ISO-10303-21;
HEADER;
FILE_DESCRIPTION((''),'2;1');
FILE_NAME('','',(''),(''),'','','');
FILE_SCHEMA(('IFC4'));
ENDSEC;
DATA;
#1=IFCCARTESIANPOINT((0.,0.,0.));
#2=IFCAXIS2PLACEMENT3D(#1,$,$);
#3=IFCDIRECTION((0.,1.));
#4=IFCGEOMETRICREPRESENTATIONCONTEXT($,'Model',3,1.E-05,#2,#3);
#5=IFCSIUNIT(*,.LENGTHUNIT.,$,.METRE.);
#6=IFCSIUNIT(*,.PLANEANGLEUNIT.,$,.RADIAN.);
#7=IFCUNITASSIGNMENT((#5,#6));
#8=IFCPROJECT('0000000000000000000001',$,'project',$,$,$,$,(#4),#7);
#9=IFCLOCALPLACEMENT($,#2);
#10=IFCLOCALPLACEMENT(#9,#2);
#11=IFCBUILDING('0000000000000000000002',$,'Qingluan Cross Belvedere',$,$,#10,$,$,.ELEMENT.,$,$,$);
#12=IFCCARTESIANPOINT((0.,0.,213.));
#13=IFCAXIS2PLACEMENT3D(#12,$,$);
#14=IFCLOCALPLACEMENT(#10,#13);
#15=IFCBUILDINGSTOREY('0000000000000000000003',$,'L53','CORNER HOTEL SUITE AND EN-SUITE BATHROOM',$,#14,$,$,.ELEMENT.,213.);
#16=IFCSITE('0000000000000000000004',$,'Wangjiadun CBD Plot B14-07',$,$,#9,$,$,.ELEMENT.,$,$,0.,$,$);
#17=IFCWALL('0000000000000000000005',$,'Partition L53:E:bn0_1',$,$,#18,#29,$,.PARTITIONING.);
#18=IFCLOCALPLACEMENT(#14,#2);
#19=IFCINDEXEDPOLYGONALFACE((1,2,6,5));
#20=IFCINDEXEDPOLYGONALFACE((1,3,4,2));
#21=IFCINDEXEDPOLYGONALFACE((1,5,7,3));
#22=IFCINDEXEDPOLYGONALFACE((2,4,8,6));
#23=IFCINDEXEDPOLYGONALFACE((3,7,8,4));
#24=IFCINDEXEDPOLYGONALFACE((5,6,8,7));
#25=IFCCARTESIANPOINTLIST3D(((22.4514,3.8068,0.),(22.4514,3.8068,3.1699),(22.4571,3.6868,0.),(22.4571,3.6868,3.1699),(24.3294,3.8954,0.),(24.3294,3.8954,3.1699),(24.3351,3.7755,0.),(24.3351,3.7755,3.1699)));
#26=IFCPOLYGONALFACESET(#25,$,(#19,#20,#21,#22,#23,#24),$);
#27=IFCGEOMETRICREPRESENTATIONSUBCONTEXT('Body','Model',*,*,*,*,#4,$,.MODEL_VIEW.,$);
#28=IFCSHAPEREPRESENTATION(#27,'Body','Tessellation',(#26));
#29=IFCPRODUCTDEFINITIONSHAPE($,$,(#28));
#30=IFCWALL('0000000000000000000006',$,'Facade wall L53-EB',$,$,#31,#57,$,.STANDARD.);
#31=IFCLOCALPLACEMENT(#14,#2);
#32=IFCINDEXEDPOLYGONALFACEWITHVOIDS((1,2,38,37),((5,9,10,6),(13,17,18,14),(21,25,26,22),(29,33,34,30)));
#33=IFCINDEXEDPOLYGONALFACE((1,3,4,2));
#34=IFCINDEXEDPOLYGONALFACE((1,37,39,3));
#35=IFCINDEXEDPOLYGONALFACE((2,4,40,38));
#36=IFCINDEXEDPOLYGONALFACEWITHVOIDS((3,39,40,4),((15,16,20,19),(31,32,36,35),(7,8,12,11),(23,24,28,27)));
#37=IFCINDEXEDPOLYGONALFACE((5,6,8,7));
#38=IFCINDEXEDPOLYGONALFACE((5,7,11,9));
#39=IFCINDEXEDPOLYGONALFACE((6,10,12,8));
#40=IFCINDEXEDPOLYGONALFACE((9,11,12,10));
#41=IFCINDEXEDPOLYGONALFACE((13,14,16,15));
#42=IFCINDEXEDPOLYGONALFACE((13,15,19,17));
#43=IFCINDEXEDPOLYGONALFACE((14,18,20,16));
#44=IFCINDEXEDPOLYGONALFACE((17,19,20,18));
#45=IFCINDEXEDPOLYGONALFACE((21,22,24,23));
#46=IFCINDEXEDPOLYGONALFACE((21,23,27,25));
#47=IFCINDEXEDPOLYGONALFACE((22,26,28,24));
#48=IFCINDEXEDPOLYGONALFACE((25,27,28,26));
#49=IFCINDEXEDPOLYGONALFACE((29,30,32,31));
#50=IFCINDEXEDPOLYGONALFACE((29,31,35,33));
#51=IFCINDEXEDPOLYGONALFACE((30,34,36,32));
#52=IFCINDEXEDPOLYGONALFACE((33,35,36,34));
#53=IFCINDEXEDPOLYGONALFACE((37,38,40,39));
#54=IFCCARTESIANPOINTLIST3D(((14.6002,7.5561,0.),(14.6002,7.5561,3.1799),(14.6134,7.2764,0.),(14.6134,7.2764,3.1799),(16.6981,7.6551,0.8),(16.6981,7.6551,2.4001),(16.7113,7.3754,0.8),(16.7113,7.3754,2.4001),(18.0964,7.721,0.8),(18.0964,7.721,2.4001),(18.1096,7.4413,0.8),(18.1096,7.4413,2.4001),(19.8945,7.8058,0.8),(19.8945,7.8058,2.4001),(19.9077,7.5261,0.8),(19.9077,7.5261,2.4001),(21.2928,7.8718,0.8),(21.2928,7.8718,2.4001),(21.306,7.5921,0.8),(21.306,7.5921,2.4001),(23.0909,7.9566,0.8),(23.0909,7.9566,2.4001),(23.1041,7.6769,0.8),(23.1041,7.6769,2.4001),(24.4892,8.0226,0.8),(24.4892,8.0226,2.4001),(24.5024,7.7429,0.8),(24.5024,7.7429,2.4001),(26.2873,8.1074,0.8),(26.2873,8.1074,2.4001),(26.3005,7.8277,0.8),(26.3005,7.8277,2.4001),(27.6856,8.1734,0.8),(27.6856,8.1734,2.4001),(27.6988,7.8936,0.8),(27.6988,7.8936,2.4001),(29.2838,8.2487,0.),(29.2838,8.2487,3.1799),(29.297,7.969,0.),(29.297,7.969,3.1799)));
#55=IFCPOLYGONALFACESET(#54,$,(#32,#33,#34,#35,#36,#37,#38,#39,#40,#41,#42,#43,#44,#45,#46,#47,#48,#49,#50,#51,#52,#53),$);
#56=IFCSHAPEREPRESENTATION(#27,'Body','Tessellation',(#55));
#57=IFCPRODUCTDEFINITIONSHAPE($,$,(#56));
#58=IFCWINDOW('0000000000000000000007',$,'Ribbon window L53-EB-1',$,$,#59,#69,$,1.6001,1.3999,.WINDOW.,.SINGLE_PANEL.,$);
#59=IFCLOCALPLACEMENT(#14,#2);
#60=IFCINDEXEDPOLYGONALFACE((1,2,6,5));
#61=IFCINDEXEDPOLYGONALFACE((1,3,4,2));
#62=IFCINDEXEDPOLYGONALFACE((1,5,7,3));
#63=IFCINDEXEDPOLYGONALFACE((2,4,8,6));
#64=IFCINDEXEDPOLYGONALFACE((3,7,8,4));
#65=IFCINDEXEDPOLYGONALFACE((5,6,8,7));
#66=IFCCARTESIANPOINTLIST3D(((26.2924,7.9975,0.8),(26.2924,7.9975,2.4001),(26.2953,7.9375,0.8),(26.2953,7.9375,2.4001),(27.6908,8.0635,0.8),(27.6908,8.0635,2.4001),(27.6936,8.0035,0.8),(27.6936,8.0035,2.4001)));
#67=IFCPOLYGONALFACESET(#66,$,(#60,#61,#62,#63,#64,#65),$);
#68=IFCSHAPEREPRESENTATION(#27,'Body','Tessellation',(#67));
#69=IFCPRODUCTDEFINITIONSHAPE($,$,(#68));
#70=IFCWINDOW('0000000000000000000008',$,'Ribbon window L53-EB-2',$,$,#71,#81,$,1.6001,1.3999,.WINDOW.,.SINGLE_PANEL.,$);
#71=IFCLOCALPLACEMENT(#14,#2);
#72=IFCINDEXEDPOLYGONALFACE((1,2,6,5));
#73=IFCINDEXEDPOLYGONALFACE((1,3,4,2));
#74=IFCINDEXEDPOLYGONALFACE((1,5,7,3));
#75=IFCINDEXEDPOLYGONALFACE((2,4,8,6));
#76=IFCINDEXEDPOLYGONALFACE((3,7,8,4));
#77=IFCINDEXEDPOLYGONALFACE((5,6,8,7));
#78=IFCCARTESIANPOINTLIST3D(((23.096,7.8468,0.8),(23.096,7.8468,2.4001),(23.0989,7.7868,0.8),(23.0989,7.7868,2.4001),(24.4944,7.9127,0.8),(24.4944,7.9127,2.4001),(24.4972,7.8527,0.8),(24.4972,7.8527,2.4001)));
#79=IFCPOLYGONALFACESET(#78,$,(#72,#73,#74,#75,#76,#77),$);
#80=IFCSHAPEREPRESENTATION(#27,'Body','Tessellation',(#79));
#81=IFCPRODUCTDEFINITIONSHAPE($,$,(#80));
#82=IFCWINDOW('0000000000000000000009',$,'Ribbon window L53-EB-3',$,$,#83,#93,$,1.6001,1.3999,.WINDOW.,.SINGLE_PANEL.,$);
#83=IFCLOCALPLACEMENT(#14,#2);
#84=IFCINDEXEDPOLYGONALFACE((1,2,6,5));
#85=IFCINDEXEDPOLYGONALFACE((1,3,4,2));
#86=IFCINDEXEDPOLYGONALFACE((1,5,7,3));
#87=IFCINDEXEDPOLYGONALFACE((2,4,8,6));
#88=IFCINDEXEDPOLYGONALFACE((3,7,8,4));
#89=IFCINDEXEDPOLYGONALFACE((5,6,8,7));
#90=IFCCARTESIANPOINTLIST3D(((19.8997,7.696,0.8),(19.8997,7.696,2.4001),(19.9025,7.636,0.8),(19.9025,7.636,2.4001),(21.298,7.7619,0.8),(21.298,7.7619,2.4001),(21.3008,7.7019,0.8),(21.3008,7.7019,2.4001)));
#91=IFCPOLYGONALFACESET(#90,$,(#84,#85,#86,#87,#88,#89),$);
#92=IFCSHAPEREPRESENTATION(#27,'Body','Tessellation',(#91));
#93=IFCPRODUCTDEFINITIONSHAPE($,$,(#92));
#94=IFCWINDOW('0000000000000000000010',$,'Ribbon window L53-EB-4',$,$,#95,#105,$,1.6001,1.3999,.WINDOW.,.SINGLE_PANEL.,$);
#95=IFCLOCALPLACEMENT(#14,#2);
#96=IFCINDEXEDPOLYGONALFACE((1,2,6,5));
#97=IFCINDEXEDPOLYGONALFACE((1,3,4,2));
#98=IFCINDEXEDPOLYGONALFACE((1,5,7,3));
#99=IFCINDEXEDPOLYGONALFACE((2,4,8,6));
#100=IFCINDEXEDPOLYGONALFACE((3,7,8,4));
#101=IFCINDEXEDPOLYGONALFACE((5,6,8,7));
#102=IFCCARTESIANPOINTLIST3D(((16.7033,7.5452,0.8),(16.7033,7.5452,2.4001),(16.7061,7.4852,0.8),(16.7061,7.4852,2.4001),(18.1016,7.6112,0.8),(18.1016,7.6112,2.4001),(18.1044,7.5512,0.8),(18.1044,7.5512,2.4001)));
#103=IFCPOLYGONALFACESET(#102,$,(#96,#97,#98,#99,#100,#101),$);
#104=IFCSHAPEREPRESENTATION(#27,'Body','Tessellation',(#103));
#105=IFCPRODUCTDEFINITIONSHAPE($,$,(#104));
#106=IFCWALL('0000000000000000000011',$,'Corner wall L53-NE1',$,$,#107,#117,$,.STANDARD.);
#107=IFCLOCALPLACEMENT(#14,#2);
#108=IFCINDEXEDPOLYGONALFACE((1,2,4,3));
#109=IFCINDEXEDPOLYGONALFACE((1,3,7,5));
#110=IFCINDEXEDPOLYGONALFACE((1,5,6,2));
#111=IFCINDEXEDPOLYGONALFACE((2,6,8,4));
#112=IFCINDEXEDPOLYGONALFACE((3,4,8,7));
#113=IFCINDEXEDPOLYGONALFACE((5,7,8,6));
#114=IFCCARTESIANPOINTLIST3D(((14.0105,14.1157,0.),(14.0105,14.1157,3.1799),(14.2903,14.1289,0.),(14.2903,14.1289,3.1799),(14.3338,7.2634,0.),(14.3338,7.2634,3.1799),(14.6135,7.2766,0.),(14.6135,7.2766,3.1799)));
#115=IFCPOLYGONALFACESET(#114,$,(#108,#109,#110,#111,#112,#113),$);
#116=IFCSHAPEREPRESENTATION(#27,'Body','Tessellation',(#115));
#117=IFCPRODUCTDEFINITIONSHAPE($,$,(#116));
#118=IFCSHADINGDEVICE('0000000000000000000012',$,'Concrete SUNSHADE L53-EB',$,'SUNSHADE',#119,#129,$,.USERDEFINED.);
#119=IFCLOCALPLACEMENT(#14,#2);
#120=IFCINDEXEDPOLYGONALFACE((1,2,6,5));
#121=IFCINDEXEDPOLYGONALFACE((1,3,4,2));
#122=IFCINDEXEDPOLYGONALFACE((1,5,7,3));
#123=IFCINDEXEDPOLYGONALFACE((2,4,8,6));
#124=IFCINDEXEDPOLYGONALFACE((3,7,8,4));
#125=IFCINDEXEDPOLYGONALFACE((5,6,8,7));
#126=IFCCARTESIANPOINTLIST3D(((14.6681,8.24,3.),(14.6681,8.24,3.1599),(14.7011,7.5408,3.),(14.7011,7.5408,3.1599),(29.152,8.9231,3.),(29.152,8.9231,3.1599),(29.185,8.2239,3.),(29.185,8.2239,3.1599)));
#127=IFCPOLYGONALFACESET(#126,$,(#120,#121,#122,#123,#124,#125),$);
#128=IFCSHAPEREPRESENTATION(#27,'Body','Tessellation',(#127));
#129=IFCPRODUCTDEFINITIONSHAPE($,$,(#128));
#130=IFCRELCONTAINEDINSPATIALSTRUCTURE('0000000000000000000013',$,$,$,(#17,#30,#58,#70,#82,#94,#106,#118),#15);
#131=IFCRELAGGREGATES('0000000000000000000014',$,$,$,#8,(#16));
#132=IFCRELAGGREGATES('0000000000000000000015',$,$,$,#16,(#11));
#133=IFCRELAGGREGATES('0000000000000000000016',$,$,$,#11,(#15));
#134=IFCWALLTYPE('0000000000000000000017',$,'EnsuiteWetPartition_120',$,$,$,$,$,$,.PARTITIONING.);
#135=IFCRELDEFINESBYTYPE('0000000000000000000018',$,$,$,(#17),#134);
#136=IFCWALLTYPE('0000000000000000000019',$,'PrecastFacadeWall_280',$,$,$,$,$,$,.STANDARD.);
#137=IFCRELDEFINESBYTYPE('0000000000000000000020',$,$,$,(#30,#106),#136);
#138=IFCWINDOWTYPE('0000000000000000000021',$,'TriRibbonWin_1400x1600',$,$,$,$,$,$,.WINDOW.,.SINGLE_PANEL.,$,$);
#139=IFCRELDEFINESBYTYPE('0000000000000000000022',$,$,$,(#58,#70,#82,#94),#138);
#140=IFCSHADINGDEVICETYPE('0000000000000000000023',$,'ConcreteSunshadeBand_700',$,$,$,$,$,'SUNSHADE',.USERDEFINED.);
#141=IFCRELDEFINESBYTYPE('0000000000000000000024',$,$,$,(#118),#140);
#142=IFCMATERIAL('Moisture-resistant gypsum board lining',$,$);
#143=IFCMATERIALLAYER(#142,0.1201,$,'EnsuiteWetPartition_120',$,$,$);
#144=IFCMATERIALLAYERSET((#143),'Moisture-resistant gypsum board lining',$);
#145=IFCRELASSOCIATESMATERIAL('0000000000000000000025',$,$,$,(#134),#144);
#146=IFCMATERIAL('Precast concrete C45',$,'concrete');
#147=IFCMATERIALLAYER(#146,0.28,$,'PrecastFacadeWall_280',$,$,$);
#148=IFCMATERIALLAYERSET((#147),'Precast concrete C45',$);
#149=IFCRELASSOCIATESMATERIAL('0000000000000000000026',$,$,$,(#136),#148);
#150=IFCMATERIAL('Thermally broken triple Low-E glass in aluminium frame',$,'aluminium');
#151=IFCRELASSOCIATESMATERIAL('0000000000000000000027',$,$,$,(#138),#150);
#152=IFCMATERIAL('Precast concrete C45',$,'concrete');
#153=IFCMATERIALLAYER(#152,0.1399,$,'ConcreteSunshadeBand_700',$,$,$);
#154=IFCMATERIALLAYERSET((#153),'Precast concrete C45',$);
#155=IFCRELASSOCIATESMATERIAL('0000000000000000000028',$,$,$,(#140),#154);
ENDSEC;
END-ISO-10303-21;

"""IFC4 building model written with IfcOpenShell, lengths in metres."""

from ifc_helpers import new_model, si_unit, direction, frame, frame_2d, origin, origin_2d, place, context, subcontext, project, spatial, rectangle, extrude, material, layer, layer_set, type_object, element, fill, save


model = new_model("IFC4")

# Units and contexts
model_context = context("Model", 3, precision=1e-05, world=origin(), true_north=direction((0.0, 1.0)))
body_context = subcontext(model_context, "Body", "Model", "MODEL_VIEW")
ifc_project = project(units=[si_unit("LENGTHUNIT", "METRE"), si_unit("PLANEANGLEUNIT", "RADIAN")], contexts=[model_context])

# Site, building, storey
site_placement = place(None, origin())
site = spatial("IfcSite", under=ifc_project, at=site_placement, Name="Wangjiadun CBD Plot B14-07", CompositionType="ELEMENT", RefElevation=0.0)
building_placement = place(site_placement, origin())
building = spatial("IfcBuilding", under=site, at=building_placement, Name="Qingluan Cross Belvedere", CompositionType="ELEMENT")
storey_placement = place(building_placement, frame((0.0, 0.0, 213.0)))
storey = spatial("IfcBuildingStorey", under=building, at=storey_placement, Name="L53", Description="CORNER HOTEL SUITE AND EN-SUITE BATHROOM", CompositionType="ELEMENT", Elevation=213.0)

# Shared definitions
ifc_material_1 = material(Name="Moisture-resistant gypsum board lining")
ifc_layer_1 = layer(ifc_material_1, 0.1201, Name="EnsuiteWetPartition_120")
ifc_layer_set_1 = layer_set([ifc_layer_1], Name="Moisture-resistant gypsum board lining")
wall_type_1 = type_object("IfcWallType", Name="EnsuiteWetPartition_120", PredefinedType="PARTITIONING", material=ifc_layer_set_1)

# Wall
wall_1_placement = place(storey_placement, frame((22.4543, 3.7468, 0.0), z_axis=(0.0, 0.0, 1.0), x_axis=(0.998888, 0.047139, 0.0)))
element("IfcWall", 1, at=wall_1_placement, inside=storey, type_object=wall_type_1, Name="Partition L53:E:bn0_1", PredefinedType="PARTITIONING", context=body_context, shape_type="SweptSolid", body=[
    extrude(rectangle(XDim=1.8801, YDim=0.1201, at=frame_2d((0.9399, 0.0))), origin(), (0.0, 0.0, 1.0), 3.1699),
])

# Wall, openings, windows
ifc_material_2 = material(Name="Precast concrete C45", Category="concrete")
ifc_layer_2 = layer(ifc_material_2, 0.28, Name="PrecastFacadeWall_280")
ifc_layer_set_2 = layer_set([ifc_layer_2], Name="Precast concrete C45")
wall_type_2 = type_object("IfcWallType", Name="PrecastFacadeWall_280", PredefinedType="STANDARD", material=ifc_layer_set_2)
wall_2_placement = place(storey_placement, frame((29.2905, 8.1089, 0.0), z_axis=(0.0, 0.0, 1.0), x_axis=(-0.998889, -0.047118, 0.0)))
wall_2 = element("IfcWall", 2, at=wall_2_placement, inside=storey, type_object=wall_type_2, Name="Facade wall L53-EB", PredefinedType="STANDARD", context=body_context, shape_type="SweptSolid", body=[
    extrude(rectangle(XDim=14.7, YDim=0.28, at=frame_2d((7.3501, 0.0))), origin(), (0.0, 0.0, 1.0), 3.1799),
])
opening_1_placement = place(wall_2_placement, frame((1.6001, 0.0, 0.8)))
opening_1 = element("IfcOpeningElement", 3, at=opening_1_placement, cuts=wall_2, PredefinedType="OPENING", context=body_context, shape_type="SweptSolid", body=[
    extrude(rectangle(XDim=1.3999, YDim=1.6001, at=frame_2d((0.7, 0.8))), frame((0.0, 0.1499, 0.0), z_axis=(0.0, -1.0, 0.0), x_axis=(1.0, 0.0, 0.0)), (0.0, 0.0, 1.0), 0.3),
])
opening_2_placement = place(wall_2_placement, frame((4.8, 0.0, 0.8)))
opening_2 = element("IfcOpeningElement", 4, at=opening_2_placement, cuts=wall_2, PredefinedType="OPENING", context=body_context, shape_type="SweptSolid", body=[
    extrude(rectangle(XDim=1.3999, YDim=1.6001, at=frame_2d((0.7, 0.8))), frame((0.0, 0.1499, 0.0), z_axis=(0.0, -1.0, 0.0), x_axis=(1.0, 0.0, 0.0)), (0.0, 0.0, 1.0), 0.3),
])
opening_3_placement = place(wall_2_placement, frame((8.0, 0.0, 0.8)))
opening_3 = element("IfcOpeningElement", 5, at=opening_3_placement, cuts=wall_2, PredefinedType="OPENING", context=body_context, shape_type="SweptSolid", body=[
    extrude(rectangle(XDim=1.3999, YDim=1.6001, at=frame_2d((0.7, 0.8))), frame((0.0, 0.1499, 0.0), z_axis=(0.0, -1.0, 0.0), x_axis=(1.0, 0.0, 0.0)), (0.0, 0.0, 1.0), 0.3),
])
opening_4_placement = place(wall_2_placement, frame((11.2, 0.0, 0.8)))
opening_4 = element("IfcOpeningElement", 6, at=opening_4_placement, cuts=wall_2, PredefinedType="OPENING", context=body_context, shape_type="SweptSolid", body=[
    extrude(rectangle(XDim=1.3999, YDim=1.6001, at=frame_2d((0.7, 0.8))), frame((0.0, 0.1499, 0.0), z_axis=(0.0, -1.0, 0.0), x_axis=(1.0, 0.0, 0.0)), (0.0, 0.0, 1.0), 0.3),
])
ifc_material_3 = material(Name="Thermally broken triple Low-E glass in aluminium frame", Category="aluminium")
window_type = type_object("IfcWindowType", Name="TriRibbonWin_1400x1600", PartitioningType="SINGLE_PANEL", PredefinedType="WINDOW", material=ifc_material_3)
window_1_placement = place(opening_1_placement, origin())
window_1 = element("IfcWindow", 7, at=window_1_placement, inside=storey, type_object=window_type, Name="Ribbon window L53-EB-1", OverallHeight=1.6001, OverallWidth=1.3999, PartitioningType="SINGLE_PANEL", PredefinedType="WINDOW", context=body_context, shape_type="SweptSolid", body=[
    extrude(rectangle(XDim=1.3999, YDim=1.6001, at=frame_2d((0.7, 0.8))), frame((0.0, 0.03, 0.0), z_axis=(0.0, -1.0, 0.0), x_axis=(1.0, 0.0, 0.0)), (0.0, 0.0, 1.0), 0.0601),
])
fill(opening_1, window_1)
window_2_placement = place(opening_2_placement, origin())
window_2 = element("IfcWindow", 8, at=window_2_placement, inside=storey, type_object=window_type, Name="Ribbon window L53-EB-2", OverallHeight=1.6001, OverallWidth=1.3999, PartitioningType="SINGLE_PANEL", PredefinedType="WINDOW", context=body_context, shape_type="SweptSolid", body=[
    extrude(rectangle(XDim=1.3999, YDim=1.6001, at=frame_2d((0.7, 0.8))), frame((0.0, 0.03, 0.0), z_axis=(0.0, -1.0, 0.0), x_axis=(1.0, 0.0, 0.0)), (0.0, 0.0, 1.0), 0.0601),
])
fill(opening_2, window_2)
window_3_placement = place(opening_3_placement, origin())
window_3 = element("IfcWindow", 9, at=window_3_placement, inside=storey, type_object=window_type, Name="Ribbon window L53-EB-3", OverallHeight=1.6001, OverallWidth=1.3999, PartitioningType="SINGLE_PANEL", PredefinedType="WINDOW", context=body_context, shape_type="SweptSolid", body=[
    extrude(rectangle(XDim=1.3999, YDim=1.6001, at=frame_2d((0.7, 0.8))), frame((0.0, 0.03, 0.0), z_axis=(0.0, -1.0, 0.0), x_axis=(1.0, 0.0, 0.0)), (0.0, 0.0, 1.0), 0.0601),
])
fill(opening_3, window_3)
window_4_placement = place(opening_4_placement, origin())
window_4 = element("IfcWindow", 10, at=window_4_placement, inside=storey, type_object=window_type, Name="Ribbon window L53-EB-4", OverallHeight=1.6001, OverallWidth=1.3999, PartitioningType="SINGLE_PANEL", PredefinedType="WINDOW", context=body_context, shape_type="SweptSolid", body=[
    extrude(rectangle(XDim=1.3999, YDim=1.6001, at=frame_2d((0.7, 0.8))), frame((0.0, 0.03, 0.0), z_axis=(0.0, -1.0, 0.0), x_axis=(1.0, 0.0, 0.0)), (0.0, 0.0, 1.0), 0.0601),
])
fill(opening_4, window_4)

# Wall
wall_3_placement = place(storey_placement, frame((14.4736, 7.27, 0.0), z_axis=(0.0, 0.0, 1.0), x_axis=(-0.04712, 0.998889, 0.0)))
element("IfcWall", 11, at=wall_3_placement, inside=storey, type_object=wall_type_2, Name="Corner wall L53-NE1", PredefinedType="STANDARD", context=body_context, shape_type="SweptSolid", body=[
    extrude(rectangle(XDim=6.8599, YDim=0.28, at=frame_2d((3.4299, 0.0))), origin(), (0.0, 0.0, 1.0), 3.1799),
])

# Shading device
ifc_material_4 = material(Name="Precast concrete C45", Category="concrete")
ifc_layer_3 = layer(ifc_material_4, 0.1399, Name="ConcreteSunshadeBand_700")
ifc_layer_set_3 = layer_set([ifc_layer_3], Name="Precast concrete C45")
shading_device_type = type_object("IfcShadingDeviceType", Name="ConcreteSunshadeBand_700", ElementType="SUNSHADE", PredefinedType="USERDEFINED", material=ifc_layer_set_3)
shading_device_placement = place(storey_placement, frame((21.9265, 8.2319, 3.0), z_axis=(0.0, 0.0, 1.0), x_axis=(-0.99889, -0.047109, 0.0)))
element("IfcShadingDevice", 12, at=shading_device_placement, inside=storey, type_object=shading_device_type, Name="Concrete SUNSHADE L53-EB", ObjectType="SUNSHADE", PredefinedType="USERDEFINED", context=body_context, shape_type="SweptSolid", body=[
    extrude(rectangle(XDim=14.5, YDim=0.7, at=origin_2d()), origin(), (0.0, 0.0, 1.0), 0.1599),
])

save(model, "model.ifc")
